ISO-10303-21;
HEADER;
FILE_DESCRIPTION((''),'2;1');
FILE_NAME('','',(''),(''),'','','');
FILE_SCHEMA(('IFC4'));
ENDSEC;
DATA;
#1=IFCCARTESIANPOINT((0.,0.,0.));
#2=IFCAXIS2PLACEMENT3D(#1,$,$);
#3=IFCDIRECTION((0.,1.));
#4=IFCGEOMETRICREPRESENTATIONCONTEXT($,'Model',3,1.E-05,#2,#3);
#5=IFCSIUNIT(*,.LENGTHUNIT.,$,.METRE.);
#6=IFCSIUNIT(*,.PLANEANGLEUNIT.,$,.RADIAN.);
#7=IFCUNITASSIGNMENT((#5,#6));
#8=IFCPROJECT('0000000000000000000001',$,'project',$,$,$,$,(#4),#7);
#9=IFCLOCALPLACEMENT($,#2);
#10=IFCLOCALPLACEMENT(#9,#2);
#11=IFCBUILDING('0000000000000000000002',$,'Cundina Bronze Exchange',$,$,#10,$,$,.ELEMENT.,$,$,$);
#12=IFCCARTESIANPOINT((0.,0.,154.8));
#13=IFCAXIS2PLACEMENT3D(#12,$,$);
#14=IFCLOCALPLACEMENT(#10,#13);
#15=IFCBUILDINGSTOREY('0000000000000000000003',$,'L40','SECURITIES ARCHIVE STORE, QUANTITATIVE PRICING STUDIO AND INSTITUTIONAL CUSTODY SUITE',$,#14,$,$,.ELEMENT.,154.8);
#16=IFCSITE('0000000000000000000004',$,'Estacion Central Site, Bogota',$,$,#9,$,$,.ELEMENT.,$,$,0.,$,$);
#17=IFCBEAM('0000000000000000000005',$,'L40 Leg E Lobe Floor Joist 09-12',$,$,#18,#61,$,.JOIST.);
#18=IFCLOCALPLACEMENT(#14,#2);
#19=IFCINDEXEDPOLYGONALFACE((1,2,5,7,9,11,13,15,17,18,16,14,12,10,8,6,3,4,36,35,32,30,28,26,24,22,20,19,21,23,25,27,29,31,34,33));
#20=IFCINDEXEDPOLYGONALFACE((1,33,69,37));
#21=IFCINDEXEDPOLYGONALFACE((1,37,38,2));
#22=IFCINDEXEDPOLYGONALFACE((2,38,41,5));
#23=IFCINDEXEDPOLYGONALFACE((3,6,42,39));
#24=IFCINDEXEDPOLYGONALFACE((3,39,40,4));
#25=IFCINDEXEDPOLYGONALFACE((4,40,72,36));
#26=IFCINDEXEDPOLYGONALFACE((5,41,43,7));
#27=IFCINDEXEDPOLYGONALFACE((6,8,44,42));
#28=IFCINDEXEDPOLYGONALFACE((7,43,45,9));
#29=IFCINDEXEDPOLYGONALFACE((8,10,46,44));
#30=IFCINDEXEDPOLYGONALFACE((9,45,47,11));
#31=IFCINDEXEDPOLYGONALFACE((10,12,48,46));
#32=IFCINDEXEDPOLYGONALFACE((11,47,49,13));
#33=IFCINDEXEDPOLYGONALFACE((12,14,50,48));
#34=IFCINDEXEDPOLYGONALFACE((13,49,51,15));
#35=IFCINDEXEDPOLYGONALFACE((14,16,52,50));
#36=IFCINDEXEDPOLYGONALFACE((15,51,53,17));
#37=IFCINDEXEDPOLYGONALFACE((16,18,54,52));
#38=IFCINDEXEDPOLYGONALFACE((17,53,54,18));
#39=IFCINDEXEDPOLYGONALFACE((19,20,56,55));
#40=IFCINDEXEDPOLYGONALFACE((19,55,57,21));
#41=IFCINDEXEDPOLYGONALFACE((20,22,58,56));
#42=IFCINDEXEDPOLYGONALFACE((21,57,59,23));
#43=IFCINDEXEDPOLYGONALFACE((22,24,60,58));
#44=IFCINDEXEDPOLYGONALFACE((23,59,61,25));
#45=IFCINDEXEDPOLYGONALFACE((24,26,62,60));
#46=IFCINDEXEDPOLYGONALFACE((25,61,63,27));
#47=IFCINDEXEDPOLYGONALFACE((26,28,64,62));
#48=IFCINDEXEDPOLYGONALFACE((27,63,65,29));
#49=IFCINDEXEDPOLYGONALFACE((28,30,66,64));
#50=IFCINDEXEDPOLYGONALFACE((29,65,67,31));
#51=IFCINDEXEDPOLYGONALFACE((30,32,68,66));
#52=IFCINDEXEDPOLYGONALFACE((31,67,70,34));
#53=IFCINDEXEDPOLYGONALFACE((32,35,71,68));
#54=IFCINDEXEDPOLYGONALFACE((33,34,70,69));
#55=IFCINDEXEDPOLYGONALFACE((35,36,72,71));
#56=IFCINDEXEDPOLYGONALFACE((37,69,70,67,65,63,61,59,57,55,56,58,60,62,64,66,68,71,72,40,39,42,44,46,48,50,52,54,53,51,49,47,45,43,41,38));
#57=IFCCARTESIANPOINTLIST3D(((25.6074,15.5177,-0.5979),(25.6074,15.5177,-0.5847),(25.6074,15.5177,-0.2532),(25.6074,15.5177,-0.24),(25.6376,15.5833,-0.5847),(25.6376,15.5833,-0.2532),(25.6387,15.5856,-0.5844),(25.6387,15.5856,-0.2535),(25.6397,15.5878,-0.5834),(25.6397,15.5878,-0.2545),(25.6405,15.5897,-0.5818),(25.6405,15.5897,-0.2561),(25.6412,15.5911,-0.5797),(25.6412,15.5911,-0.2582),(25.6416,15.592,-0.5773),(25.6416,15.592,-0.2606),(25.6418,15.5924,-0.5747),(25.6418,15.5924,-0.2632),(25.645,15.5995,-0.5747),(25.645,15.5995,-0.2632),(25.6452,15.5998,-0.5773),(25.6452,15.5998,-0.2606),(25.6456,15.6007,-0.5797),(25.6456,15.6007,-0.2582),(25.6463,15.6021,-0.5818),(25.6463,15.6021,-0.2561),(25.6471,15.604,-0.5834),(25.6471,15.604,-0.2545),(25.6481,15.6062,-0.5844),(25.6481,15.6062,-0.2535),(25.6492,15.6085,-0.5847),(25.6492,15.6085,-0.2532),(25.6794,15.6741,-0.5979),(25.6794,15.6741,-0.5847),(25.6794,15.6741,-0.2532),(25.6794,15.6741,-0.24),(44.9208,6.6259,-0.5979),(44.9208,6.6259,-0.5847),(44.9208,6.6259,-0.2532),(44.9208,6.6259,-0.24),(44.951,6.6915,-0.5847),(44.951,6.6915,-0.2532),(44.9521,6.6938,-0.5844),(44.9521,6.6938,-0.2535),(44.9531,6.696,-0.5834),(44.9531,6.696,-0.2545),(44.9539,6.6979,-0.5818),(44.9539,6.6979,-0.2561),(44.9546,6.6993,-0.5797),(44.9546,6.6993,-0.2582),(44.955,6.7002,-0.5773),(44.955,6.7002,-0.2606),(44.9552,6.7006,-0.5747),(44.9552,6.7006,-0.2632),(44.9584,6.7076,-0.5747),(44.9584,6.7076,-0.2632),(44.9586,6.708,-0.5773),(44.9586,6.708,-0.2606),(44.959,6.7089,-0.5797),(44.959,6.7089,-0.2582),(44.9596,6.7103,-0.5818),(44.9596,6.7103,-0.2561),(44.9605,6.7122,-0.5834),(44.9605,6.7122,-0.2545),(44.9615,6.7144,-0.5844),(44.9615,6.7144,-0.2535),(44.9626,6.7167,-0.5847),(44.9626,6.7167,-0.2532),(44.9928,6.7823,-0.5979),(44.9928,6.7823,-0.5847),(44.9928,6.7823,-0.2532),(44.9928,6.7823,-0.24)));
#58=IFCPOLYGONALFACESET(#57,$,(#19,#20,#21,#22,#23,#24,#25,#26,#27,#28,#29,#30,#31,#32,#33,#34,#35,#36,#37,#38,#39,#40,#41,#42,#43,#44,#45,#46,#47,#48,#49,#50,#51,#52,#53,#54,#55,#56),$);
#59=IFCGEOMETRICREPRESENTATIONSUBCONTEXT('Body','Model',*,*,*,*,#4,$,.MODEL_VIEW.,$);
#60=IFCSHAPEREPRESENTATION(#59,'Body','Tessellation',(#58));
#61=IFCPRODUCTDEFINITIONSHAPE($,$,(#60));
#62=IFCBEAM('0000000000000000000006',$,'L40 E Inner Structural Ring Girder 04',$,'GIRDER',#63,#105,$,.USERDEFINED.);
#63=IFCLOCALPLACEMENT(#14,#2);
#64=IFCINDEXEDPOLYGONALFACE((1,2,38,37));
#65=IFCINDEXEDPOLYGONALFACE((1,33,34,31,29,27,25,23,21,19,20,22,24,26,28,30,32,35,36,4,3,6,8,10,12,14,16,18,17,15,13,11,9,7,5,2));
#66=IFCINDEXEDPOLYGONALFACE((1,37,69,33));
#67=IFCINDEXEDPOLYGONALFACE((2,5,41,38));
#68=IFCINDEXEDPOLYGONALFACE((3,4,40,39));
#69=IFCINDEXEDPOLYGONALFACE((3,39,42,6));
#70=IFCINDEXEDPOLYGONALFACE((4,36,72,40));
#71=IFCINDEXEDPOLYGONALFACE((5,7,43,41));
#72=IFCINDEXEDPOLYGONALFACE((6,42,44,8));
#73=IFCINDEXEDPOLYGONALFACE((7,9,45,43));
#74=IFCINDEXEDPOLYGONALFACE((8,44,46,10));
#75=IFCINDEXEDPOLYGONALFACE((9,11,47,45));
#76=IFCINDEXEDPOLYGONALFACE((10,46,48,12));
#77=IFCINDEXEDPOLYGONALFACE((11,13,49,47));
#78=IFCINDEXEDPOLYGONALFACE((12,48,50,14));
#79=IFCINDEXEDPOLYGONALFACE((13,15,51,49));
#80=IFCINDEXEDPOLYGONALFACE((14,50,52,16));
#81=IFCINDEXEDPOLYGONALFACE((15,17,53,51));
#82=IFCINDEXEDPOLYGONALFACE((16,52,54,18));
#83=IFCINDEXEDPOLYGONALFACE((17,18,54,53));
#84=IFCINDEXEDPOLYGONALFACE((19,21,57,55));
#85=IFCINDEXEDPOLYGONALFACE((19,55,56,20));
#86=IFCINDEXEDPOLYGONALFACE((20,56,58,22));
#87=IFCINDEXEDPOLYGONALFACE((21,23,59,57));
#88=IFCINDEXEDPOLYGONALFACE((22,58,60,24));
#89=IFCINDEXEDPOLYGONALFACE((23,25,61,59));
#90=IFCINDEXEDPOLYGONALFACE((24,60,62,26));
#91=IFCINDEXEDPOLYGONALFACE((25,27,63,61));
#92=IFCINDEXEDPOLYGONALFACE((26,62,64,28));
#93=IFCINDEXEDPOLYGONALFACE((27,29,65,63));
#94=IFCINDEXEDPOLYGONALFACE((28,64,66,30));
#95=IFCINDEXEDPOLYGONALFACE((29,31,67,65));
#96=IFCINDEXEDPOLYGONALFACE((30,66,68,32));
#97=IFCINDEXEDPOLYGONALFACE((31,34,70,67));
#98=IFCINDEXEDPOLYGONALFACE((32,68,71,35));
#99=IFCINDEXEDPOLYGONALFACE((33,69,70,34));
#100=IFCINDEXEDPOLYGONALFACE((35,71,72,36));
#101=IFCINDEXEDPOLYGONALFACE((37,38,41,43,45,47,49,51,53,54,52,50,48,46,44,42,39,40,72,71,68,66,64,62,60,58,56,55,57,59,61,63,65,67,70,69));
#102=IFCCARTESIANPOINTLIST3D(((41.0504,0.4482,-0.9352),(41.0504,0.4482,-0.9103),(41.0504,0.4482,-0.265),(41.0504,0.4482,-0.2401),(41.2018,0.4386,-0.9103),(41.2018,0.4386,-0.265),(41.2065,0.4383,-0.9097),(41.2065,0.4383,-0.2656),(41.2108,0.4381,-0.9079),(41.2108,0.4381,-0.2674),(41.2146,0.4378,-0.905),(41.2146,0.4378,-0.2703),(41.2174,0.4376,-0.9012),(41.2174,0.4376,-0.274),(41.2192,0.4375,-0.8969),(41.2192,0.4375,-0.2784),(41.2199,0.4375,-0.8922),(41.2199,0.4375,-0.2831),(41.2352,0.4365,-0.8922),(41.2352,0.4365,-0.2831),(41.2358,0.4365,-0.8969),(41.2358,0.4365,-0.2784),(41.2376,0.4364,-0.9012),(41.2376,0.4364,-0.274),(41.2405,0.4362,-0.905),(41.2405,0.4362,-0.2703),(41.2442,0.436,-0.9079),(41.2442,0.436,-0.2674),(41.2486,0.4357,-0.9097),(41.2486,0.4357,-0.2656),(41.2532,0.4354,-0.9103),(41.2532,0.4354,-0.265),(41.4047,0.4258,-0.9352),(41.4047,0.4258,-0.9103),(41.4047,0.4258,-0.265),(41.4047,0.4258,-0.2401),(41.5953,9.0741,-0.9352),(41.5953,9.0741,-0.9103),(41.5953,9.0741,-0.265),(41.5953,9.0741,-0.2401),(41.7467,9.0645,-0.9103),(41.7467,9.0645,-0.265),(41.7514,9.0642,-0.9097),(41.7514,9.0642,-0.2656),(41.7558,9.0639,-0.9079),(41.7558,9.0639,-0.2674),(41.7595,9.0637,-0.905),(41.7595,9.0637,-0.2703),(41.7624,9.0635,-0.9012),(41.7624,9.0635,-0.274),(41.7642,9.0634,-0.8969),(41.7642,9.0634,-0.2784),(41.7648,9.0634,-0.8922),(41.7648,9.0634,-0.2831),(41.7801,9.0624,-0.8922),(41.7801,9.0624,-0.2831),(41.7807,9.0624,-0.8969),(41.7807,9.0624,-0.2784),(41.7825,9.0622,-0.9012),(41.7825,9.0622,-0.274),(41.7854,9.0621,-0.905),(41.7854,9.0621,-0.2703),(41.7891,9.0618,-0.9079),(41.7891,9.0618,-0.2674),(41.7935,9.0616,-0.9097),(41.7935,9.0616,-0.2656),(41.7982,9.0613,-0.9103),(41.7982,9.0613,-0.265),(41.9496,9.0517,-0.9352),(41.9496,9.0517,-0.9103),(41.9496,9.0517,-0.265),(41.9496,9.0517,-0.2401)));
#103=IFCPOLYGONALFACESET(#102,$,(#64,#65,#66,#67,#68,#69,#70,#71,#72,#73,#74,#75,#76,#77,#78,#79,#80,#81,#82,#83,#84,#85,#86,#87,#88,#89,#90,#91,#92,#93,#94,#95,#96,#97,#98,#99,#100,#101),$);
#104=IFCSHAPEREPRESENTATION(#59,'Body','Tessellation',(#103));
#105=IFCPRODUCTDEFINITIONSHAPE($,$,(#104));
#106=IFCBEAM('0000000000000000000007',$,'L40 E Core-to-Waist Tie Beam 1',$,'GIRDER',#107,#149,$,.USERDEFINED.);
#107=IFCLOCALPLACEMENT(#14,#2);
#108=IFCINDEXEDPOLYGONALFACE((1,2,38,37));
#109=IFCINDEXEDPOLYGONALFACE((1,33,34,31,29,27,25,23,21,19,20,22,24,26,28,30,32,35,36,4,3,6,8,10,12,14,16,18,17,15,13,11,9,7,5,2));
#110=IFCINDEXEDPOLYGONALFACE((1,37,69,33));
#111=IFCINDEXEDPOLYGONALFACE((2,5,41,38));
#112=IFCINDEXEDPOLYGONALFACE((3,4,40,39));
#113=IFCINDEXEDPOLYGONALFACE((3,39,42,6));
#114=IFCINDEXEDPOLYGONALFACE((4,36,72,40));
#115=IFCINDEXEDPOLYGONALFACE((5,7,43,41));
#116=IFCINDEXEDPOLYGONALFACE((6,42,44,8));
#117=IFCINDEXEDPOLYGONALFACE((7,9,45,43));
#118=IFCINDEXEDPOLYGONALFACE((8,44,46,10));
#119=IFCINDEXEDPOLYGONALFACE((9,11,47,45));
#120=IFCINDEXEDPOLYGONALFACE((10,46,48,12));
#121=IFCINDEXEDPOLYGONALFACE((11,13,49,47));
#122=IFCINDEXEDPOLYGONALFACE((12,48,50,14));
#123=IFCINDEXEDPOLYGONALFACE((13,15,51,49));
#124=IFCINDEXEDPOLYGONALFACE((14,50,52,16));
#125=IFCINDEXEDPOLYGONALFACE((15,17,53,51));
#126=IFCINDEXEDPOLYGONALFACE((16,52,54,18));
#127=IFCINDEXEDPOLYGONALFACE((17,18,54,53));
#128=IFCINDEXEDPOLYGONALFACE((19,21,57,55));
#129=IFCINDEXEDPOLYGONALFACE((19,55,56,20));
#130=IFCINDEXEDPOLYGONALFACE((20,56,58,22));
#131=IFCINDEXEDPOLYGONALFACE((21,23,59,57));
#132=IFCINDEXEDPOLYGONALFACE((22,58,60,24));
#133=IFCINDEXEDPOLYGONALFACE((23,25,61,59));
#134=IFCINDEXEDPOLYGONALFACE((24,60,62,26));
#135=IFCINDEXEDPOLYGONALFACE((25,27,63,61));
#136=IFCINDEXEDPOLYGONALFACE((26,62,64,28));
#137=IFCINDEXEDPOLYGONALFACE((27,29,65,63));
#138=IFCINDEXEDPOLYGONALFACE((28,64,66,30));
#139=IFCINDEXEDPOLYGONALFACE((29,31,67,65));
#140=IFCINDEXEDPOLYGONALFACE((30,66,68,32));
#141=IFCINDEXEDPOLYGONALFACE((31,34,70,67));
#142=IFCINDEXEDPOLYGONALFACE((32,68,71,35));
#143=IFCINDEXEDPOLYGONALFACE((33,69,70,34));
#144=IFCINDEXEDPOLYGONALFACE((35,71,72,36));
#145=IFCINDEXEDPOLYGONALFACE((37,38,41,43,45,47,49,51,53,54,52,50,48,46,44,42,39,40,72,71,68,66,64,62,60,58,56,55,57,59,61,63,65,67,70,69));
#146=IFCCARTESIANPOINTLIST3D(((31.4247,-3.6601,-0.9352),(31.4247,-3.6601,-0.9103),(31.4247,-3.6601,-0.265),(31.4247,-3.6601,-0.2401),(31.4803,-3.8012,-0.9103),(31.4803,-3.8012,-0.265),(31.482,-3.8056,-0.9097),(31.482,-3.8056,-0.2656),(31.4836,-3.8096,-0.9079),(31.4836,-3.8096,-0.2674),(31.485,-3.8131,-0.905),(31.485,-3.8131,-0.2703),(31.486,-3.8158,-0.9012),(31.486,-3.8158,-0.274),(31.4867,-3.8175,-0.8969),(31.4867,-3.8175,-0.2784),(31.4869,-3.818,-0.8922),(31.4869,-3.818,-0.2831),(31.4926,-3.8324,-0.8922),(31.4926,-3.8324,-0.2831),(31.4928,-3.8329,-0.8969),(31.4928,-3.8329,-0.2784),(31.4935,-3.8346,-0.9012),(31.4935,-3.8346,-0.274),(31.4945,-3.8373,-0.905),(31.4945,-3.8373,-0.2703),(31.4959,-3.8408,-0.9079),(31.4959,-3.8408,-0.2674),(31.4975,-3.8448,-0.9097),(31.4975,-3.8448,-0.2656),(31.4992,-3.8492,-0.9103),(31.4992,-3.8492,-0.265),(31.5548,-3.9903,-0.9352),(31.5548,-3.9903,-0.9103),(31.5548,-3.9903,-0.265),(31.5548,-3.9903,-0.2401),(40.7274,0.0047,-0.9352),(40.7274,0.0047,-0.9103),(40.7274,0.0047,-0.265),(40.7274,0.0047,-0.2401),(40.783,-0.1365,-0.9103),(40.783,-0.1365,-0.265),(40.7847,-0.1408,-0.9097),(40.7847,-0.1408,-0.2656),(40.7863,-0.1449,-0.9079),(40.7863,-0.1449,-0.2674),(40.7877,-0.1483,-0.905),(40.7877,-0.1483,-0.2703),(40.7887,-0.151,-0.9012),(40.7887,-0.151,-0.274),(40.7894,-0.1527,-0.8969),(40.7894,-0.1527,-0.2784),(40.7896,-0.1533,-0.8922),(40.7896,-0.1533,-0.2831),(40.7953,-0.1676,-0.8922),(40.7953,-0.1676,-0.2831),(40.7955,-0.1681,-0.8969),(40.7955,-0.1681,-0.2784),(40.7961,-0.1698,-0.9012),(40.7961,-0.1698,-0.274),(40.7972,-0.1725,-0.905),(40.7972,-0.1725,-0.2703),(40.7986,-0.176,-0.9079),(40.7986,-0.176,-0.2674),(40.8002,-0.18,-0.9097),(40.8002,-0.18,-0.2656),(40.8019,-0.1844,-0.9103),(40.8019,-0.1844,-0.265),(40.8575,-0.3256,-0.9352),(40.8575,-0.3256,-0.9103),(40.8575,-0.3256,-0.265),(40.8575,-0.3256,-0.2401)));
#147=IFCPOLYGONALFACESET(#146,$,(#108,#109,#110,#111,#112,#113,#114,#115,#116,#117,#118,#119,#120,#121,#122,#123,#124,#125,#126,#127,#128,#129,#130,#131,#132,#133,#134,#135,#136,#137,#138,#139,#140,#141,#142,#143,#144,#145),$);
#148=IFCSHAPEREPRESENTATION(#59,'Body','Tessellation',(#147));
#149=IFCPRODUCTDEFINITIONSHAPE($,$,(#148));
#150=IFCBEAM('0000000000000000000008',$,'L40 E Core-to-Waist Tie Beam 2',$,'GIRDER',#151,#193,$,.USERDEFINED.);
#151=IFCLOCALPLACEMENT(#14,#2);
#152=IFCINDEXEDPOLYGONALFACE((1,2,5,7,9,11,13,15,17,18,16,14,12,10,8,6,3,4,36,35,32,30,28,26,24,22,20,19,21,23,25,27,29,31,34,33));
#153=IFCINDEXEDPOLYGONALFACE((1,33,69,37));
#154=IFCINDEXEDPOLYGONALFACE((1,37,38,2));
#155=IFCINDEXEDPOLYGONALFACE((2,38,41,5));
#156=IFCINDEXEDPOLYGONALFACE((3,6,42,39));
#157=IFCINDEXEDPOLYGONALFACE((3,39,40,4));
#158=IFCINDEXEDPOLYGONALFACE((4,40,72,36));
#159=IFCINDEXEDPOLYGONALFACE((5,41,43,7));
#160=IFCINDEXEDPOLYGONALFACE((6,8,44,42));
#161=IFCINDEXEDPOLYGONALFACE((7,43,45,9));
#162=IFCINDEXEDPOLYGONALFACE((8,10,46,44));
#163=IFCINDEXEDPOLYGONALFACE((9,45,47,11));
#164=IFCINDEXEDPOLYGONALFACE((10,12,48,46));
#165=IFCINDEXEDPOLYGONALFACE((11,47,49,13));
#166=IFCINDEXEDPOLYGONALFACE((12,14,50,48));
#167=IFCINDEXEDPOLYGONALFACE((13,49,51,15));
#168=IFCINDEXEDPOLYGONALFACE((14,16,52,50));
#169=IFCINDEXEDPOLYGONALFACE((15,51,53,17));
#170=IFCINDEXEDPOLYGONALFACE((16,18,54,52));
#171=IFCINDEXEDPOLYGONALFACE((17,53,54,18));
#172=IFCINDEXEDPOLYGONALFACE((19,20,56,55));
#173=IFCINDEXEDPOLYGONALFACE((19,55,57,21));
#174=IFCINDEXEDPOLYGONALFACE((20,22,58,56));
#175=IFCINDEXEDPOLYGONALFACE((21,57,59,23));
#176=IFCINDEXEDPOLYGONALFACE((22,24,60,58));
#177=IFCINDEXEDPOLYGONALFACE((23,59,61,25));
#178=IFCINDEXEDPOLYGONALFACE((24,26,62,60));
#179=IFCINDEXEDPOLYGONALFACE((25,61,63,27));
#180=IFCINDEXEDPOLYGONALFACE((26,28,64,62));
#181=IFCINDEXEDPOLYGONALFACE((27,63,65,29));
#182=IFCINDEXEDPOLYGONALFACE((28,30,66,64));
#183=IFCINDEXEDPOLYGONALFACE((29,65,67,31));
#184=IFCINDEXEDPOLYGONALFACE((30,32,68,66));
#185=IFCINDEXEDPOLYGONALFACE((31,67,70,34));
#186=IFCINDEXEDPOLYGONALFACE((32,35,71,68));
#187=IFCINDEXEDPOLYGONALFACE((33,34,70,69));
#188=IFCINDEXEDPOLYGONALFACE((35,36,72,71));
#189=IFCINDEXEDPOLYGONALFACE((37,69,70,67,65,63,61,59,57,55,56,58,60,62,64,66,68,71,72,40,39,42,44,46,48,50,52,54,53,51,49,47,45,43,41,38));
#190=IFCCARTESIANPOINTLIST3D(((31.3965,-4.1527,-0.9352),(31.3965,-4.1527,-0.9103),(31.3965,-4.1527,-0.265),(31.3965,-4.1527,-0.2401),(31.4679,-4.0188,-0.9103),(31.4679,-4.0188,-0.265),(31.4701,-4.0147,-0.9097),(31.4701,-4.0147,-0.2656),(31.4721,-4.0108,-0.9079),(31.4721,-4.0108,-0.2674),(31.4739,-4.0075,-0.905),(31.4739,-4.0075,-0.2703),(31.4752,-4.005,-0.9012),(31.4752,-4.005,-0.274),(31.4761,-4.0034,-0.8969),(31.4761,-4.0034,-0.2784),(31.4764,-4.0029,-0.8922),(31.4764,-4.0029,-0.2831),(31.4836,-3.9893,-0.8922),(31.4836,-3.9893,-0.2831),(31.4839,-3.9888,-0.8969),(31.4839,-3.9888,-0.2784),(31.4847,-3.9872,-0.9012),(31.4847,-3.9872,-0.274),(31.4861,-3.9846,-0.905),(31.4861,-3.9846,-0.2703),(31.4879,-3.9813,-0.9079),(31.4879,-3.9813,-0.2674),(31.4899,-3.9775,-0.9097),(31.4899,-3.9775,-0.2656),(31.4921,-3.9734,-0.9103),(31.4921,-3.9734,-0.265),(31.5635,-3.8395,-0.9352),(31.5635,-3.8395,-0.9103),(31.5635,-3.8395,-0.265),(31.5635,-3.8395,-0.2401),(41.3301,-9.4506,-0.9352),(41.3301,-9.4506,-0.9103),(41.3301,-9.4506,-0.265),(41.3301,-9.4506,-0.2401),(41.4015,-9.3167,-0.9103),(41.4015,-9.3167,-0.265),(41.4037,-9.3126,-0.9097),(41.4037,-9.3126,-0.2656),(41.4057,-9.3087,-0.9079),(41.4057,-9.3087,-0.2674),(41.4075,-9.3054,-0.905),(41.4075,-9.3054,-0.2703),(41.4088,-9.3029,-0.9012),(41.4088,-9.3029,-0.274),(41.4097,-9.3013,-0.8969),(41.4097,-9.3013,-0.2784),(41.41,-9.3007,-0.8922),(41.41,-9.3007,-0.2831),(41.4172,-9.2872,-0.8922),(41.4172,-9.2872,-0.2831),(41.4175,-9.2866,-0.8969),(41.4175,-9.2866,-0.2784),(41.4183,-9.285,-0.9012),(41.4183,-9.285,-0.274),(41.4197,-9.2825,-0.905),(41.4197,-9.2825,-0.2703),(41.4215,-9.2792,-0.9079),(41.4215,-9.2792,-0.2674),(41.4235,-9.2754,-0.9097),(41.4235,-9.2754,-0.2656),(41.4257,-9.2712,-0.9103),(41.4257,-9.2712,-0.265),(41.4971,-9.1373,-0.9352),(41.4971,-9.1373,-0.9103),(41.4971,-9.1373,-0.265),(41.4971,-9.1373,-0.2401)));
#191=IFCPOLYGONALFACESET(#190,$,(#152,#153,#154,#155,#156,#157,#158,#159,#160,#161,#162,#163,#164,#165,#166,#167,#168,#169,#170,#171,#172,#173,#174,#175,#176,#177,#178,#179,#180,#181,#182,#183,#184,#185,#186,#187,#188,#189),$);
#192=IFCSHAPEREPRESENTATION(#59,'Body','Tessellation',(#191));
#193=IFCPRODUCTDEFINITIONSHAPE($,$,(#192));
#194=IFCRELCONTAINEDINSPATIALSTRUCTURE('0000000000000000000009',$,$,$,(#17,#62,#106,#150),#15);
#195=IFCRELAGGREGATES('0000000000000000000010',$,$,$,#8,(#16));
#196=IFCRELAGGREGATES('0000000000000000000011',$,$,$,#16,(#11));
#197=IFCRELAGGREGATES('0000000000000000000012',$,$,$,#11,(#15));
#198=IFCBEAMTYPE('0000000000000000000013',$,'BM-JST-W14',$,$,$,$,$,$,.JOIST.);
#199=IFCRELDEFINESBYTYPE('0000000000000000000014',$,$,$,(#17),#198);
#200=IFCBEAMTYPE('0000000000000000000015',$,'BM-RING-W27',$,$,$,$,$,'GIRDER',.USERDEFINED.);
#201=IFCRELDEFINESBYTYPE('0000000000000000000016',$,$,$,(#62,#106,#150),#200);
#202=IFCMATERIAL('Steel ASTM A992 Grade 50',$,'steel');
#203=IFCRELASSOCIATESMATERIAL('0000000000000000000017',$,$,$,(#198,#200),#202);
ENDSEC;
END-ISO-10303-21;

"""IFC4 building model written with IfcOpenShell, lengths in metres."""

from ifc_helpers import new_model, si_unit, direction, frame, origin, origin_2d, place, context, subcontext, project, spatial, i_section, extrude, material, material_profile, profile_set, type_object, element, save


model = new_model("IFC4")

# Units and contexts
model_context = context("Model", 3, precision=1e-05, world=origin(), true_north=direction((0.0, 1.0)))
body_context = subcontext(model_context, "Body", "Model", "MODEL_VIEW")
ifc_project = project(units=[si_unit("LENGTHUNIT", "METRE"), si_unit("PLANEANGLEUNIT", "RADIAN")], contexts=[model_context])

# Site, building, storey
site_placement = place(None, origin())
site = spatial("IfcSite", under=ifc_project, at=site_placement, Name="Estacion Central Site, Bogota", CompositionType="ELEMENT", RefElevation=0.0)
building_placement = place(site_placement, origin())
building = spatial("IfcBuilding", under=site, at=building_placement, Name="Cundina Bronze Exchange", CompositionType="ELEMENT")
storey_placement = place(building_placement, frame((0.0, 0.0, 154.8)))
storey = spatial("IfcBuildingStorey", under=building, at=storey_placement, Name="L40", Description="SECURITIES ARCHIVE STORE, QUANTITATIVE PRICING STUDIO AND INSTITUTIONAL CUSTODY SUITE", CompositionType="ELEMENT", Elevation=154.8)

# Shared definitions
ifc_material_1 = material(Name="Steel ASTM A992 Grade 50", Category="steel")

# Beams
ifc_material_profile_1 = material_profile(ifc_material_1, i_section(OverallWidth=0.1721, OverallDepth=0.3579, WebThickness=0.0078, FlangeThickness=0.0132, FilletRadius=0.01, at=origin_2d()), Name="W14X38", Category="steel")
ifc_profile_set_1 = profile_set([ifc_material_profile_1], Name="Steel ASTM A992 Grade 50")
beam_type_1 = type_object("IfcBeamType", Name="BM-JST-W14", PredefinedType="JOIST", material=ifc_profile_set_1)
beam_1_placement = place(storey_placement, frame((44.9568, 6.7041, -0.4189), z_axis=(-0.908354, 0.418202, 0.0), x_axis=(-0.418202, -0.908354, 0.0)))
element("IfcBeam", 1, at=beam_1_placement, inside=storey, type_object=beam_type_1, Name="L40 Leg E Lobe Floor Joist 09-12", PredefinedType="JOIST", context=body_context, shape_type="SweptSolid", body=[
    extrude(i_section(OverallWidth=0.1721, OverallDepth=0.3579, WebThickness=0.0078, FlangeThickness=0.0132, FilletRadius=0.01, at=origin_2d()), origin(), (0.0, 0.0, 1.0), 21.262),
])
ifc_material_profile_2 = material_profile(ifc_material_1, i_section(OverallWidth=0.355, OverallDepth=0.6951, WebThickness=0.0154, FlangeThickness=0.0249, FilletRadius=0.0181, at=origin_2d()), Name="W27X146", Category="steel")
ifc_profile_set_2 = profile_set([ifc_material_profile_2], Name="Steel ASTM A992 Grade 50")
beam_type_2 = type_object("IfcBeamType", Name="BM-RING-W27", ElementType="GIRDER", PredefinedType="USERDEFINED", material=ifc_profile_set_2)
beam_2_placement = place(storey_placement, frame((41.2275, 0.437, -0.5876), z_axis=(0.063047, 0.998011, 0.0), x_axis=(-0.998011, 0.063047, 0.0)))
element("IfcBeam", 2, at=beam_2_placement, inside=storey, type_object=beam_type_2, Name="L40 E Inner Structural Ring Girder 04", ObjectType="GIRDER", PredefinedType="USERDEFINED", context=body_context, shape_type="SweptSolid", body=[
    extrude(i_section(OverallWidth=0.355, OverallDepth=0.6951, WebThickness=0.0154, FlangeThickness=0.0249, FilletRadius=0.0181, at=origin_2d()), origin(), (0.0, 0.0, 1.0), 8.6431),
])
beam_3_placement = place(storey_placement, frame((31.4897, -3.8252, -0.5876), z_axis=(0.930406, 0.366532, 0.0), x_axis=(-0.366532, 0.930406, 0.0)))
element("IfcBeam", 3, at=beam_3_placement, inside=storey, type_object=beam_type_2, Name="L40 E Core-to-Waist Tie Beam 1", ObjectType="GIRDER", PredefinedType="USERDEFINED", context=body_context, shape_type="SweptSolid", body=[
    extrude(i_section(OverallWidth=0.355, OverallDepth=0.6951, WebThickness=0.0154, FlangeThickness=0.0249, FilletRadius=0.0181, at=origin_2d()), origin(), (0.0, 0.0, 1.0), 9.9985),
])
beam_4_placement = place(storey_placement, frame((31.48, -3.9961, -0.5876), z_axis=(0.882355, -0.470584, 0.0), x_axis=(0.470584, 0.882355, 0.0)))
element("IfcBeam", 4, at=beam_4_placement, inside=storey, type_object=beam_type_2, Name="L40 E Core-to-Waist Tie Beam 2", ObjectType="GIRDER", PredefinedType="USERDEFINED", context=body_context, shape_type="SweptSolid", body=[
    extrude(i_section(OverallWidth=0.355, OverallDepth=0.6951, WebThickness=0.0154, FlangeThickness=0.0249, FilletRadius=0.0181, at=origin_2d()), origin(), (0.0, 0.0, 1.0), 11.2581),
])

save(model, "model.ifc")
